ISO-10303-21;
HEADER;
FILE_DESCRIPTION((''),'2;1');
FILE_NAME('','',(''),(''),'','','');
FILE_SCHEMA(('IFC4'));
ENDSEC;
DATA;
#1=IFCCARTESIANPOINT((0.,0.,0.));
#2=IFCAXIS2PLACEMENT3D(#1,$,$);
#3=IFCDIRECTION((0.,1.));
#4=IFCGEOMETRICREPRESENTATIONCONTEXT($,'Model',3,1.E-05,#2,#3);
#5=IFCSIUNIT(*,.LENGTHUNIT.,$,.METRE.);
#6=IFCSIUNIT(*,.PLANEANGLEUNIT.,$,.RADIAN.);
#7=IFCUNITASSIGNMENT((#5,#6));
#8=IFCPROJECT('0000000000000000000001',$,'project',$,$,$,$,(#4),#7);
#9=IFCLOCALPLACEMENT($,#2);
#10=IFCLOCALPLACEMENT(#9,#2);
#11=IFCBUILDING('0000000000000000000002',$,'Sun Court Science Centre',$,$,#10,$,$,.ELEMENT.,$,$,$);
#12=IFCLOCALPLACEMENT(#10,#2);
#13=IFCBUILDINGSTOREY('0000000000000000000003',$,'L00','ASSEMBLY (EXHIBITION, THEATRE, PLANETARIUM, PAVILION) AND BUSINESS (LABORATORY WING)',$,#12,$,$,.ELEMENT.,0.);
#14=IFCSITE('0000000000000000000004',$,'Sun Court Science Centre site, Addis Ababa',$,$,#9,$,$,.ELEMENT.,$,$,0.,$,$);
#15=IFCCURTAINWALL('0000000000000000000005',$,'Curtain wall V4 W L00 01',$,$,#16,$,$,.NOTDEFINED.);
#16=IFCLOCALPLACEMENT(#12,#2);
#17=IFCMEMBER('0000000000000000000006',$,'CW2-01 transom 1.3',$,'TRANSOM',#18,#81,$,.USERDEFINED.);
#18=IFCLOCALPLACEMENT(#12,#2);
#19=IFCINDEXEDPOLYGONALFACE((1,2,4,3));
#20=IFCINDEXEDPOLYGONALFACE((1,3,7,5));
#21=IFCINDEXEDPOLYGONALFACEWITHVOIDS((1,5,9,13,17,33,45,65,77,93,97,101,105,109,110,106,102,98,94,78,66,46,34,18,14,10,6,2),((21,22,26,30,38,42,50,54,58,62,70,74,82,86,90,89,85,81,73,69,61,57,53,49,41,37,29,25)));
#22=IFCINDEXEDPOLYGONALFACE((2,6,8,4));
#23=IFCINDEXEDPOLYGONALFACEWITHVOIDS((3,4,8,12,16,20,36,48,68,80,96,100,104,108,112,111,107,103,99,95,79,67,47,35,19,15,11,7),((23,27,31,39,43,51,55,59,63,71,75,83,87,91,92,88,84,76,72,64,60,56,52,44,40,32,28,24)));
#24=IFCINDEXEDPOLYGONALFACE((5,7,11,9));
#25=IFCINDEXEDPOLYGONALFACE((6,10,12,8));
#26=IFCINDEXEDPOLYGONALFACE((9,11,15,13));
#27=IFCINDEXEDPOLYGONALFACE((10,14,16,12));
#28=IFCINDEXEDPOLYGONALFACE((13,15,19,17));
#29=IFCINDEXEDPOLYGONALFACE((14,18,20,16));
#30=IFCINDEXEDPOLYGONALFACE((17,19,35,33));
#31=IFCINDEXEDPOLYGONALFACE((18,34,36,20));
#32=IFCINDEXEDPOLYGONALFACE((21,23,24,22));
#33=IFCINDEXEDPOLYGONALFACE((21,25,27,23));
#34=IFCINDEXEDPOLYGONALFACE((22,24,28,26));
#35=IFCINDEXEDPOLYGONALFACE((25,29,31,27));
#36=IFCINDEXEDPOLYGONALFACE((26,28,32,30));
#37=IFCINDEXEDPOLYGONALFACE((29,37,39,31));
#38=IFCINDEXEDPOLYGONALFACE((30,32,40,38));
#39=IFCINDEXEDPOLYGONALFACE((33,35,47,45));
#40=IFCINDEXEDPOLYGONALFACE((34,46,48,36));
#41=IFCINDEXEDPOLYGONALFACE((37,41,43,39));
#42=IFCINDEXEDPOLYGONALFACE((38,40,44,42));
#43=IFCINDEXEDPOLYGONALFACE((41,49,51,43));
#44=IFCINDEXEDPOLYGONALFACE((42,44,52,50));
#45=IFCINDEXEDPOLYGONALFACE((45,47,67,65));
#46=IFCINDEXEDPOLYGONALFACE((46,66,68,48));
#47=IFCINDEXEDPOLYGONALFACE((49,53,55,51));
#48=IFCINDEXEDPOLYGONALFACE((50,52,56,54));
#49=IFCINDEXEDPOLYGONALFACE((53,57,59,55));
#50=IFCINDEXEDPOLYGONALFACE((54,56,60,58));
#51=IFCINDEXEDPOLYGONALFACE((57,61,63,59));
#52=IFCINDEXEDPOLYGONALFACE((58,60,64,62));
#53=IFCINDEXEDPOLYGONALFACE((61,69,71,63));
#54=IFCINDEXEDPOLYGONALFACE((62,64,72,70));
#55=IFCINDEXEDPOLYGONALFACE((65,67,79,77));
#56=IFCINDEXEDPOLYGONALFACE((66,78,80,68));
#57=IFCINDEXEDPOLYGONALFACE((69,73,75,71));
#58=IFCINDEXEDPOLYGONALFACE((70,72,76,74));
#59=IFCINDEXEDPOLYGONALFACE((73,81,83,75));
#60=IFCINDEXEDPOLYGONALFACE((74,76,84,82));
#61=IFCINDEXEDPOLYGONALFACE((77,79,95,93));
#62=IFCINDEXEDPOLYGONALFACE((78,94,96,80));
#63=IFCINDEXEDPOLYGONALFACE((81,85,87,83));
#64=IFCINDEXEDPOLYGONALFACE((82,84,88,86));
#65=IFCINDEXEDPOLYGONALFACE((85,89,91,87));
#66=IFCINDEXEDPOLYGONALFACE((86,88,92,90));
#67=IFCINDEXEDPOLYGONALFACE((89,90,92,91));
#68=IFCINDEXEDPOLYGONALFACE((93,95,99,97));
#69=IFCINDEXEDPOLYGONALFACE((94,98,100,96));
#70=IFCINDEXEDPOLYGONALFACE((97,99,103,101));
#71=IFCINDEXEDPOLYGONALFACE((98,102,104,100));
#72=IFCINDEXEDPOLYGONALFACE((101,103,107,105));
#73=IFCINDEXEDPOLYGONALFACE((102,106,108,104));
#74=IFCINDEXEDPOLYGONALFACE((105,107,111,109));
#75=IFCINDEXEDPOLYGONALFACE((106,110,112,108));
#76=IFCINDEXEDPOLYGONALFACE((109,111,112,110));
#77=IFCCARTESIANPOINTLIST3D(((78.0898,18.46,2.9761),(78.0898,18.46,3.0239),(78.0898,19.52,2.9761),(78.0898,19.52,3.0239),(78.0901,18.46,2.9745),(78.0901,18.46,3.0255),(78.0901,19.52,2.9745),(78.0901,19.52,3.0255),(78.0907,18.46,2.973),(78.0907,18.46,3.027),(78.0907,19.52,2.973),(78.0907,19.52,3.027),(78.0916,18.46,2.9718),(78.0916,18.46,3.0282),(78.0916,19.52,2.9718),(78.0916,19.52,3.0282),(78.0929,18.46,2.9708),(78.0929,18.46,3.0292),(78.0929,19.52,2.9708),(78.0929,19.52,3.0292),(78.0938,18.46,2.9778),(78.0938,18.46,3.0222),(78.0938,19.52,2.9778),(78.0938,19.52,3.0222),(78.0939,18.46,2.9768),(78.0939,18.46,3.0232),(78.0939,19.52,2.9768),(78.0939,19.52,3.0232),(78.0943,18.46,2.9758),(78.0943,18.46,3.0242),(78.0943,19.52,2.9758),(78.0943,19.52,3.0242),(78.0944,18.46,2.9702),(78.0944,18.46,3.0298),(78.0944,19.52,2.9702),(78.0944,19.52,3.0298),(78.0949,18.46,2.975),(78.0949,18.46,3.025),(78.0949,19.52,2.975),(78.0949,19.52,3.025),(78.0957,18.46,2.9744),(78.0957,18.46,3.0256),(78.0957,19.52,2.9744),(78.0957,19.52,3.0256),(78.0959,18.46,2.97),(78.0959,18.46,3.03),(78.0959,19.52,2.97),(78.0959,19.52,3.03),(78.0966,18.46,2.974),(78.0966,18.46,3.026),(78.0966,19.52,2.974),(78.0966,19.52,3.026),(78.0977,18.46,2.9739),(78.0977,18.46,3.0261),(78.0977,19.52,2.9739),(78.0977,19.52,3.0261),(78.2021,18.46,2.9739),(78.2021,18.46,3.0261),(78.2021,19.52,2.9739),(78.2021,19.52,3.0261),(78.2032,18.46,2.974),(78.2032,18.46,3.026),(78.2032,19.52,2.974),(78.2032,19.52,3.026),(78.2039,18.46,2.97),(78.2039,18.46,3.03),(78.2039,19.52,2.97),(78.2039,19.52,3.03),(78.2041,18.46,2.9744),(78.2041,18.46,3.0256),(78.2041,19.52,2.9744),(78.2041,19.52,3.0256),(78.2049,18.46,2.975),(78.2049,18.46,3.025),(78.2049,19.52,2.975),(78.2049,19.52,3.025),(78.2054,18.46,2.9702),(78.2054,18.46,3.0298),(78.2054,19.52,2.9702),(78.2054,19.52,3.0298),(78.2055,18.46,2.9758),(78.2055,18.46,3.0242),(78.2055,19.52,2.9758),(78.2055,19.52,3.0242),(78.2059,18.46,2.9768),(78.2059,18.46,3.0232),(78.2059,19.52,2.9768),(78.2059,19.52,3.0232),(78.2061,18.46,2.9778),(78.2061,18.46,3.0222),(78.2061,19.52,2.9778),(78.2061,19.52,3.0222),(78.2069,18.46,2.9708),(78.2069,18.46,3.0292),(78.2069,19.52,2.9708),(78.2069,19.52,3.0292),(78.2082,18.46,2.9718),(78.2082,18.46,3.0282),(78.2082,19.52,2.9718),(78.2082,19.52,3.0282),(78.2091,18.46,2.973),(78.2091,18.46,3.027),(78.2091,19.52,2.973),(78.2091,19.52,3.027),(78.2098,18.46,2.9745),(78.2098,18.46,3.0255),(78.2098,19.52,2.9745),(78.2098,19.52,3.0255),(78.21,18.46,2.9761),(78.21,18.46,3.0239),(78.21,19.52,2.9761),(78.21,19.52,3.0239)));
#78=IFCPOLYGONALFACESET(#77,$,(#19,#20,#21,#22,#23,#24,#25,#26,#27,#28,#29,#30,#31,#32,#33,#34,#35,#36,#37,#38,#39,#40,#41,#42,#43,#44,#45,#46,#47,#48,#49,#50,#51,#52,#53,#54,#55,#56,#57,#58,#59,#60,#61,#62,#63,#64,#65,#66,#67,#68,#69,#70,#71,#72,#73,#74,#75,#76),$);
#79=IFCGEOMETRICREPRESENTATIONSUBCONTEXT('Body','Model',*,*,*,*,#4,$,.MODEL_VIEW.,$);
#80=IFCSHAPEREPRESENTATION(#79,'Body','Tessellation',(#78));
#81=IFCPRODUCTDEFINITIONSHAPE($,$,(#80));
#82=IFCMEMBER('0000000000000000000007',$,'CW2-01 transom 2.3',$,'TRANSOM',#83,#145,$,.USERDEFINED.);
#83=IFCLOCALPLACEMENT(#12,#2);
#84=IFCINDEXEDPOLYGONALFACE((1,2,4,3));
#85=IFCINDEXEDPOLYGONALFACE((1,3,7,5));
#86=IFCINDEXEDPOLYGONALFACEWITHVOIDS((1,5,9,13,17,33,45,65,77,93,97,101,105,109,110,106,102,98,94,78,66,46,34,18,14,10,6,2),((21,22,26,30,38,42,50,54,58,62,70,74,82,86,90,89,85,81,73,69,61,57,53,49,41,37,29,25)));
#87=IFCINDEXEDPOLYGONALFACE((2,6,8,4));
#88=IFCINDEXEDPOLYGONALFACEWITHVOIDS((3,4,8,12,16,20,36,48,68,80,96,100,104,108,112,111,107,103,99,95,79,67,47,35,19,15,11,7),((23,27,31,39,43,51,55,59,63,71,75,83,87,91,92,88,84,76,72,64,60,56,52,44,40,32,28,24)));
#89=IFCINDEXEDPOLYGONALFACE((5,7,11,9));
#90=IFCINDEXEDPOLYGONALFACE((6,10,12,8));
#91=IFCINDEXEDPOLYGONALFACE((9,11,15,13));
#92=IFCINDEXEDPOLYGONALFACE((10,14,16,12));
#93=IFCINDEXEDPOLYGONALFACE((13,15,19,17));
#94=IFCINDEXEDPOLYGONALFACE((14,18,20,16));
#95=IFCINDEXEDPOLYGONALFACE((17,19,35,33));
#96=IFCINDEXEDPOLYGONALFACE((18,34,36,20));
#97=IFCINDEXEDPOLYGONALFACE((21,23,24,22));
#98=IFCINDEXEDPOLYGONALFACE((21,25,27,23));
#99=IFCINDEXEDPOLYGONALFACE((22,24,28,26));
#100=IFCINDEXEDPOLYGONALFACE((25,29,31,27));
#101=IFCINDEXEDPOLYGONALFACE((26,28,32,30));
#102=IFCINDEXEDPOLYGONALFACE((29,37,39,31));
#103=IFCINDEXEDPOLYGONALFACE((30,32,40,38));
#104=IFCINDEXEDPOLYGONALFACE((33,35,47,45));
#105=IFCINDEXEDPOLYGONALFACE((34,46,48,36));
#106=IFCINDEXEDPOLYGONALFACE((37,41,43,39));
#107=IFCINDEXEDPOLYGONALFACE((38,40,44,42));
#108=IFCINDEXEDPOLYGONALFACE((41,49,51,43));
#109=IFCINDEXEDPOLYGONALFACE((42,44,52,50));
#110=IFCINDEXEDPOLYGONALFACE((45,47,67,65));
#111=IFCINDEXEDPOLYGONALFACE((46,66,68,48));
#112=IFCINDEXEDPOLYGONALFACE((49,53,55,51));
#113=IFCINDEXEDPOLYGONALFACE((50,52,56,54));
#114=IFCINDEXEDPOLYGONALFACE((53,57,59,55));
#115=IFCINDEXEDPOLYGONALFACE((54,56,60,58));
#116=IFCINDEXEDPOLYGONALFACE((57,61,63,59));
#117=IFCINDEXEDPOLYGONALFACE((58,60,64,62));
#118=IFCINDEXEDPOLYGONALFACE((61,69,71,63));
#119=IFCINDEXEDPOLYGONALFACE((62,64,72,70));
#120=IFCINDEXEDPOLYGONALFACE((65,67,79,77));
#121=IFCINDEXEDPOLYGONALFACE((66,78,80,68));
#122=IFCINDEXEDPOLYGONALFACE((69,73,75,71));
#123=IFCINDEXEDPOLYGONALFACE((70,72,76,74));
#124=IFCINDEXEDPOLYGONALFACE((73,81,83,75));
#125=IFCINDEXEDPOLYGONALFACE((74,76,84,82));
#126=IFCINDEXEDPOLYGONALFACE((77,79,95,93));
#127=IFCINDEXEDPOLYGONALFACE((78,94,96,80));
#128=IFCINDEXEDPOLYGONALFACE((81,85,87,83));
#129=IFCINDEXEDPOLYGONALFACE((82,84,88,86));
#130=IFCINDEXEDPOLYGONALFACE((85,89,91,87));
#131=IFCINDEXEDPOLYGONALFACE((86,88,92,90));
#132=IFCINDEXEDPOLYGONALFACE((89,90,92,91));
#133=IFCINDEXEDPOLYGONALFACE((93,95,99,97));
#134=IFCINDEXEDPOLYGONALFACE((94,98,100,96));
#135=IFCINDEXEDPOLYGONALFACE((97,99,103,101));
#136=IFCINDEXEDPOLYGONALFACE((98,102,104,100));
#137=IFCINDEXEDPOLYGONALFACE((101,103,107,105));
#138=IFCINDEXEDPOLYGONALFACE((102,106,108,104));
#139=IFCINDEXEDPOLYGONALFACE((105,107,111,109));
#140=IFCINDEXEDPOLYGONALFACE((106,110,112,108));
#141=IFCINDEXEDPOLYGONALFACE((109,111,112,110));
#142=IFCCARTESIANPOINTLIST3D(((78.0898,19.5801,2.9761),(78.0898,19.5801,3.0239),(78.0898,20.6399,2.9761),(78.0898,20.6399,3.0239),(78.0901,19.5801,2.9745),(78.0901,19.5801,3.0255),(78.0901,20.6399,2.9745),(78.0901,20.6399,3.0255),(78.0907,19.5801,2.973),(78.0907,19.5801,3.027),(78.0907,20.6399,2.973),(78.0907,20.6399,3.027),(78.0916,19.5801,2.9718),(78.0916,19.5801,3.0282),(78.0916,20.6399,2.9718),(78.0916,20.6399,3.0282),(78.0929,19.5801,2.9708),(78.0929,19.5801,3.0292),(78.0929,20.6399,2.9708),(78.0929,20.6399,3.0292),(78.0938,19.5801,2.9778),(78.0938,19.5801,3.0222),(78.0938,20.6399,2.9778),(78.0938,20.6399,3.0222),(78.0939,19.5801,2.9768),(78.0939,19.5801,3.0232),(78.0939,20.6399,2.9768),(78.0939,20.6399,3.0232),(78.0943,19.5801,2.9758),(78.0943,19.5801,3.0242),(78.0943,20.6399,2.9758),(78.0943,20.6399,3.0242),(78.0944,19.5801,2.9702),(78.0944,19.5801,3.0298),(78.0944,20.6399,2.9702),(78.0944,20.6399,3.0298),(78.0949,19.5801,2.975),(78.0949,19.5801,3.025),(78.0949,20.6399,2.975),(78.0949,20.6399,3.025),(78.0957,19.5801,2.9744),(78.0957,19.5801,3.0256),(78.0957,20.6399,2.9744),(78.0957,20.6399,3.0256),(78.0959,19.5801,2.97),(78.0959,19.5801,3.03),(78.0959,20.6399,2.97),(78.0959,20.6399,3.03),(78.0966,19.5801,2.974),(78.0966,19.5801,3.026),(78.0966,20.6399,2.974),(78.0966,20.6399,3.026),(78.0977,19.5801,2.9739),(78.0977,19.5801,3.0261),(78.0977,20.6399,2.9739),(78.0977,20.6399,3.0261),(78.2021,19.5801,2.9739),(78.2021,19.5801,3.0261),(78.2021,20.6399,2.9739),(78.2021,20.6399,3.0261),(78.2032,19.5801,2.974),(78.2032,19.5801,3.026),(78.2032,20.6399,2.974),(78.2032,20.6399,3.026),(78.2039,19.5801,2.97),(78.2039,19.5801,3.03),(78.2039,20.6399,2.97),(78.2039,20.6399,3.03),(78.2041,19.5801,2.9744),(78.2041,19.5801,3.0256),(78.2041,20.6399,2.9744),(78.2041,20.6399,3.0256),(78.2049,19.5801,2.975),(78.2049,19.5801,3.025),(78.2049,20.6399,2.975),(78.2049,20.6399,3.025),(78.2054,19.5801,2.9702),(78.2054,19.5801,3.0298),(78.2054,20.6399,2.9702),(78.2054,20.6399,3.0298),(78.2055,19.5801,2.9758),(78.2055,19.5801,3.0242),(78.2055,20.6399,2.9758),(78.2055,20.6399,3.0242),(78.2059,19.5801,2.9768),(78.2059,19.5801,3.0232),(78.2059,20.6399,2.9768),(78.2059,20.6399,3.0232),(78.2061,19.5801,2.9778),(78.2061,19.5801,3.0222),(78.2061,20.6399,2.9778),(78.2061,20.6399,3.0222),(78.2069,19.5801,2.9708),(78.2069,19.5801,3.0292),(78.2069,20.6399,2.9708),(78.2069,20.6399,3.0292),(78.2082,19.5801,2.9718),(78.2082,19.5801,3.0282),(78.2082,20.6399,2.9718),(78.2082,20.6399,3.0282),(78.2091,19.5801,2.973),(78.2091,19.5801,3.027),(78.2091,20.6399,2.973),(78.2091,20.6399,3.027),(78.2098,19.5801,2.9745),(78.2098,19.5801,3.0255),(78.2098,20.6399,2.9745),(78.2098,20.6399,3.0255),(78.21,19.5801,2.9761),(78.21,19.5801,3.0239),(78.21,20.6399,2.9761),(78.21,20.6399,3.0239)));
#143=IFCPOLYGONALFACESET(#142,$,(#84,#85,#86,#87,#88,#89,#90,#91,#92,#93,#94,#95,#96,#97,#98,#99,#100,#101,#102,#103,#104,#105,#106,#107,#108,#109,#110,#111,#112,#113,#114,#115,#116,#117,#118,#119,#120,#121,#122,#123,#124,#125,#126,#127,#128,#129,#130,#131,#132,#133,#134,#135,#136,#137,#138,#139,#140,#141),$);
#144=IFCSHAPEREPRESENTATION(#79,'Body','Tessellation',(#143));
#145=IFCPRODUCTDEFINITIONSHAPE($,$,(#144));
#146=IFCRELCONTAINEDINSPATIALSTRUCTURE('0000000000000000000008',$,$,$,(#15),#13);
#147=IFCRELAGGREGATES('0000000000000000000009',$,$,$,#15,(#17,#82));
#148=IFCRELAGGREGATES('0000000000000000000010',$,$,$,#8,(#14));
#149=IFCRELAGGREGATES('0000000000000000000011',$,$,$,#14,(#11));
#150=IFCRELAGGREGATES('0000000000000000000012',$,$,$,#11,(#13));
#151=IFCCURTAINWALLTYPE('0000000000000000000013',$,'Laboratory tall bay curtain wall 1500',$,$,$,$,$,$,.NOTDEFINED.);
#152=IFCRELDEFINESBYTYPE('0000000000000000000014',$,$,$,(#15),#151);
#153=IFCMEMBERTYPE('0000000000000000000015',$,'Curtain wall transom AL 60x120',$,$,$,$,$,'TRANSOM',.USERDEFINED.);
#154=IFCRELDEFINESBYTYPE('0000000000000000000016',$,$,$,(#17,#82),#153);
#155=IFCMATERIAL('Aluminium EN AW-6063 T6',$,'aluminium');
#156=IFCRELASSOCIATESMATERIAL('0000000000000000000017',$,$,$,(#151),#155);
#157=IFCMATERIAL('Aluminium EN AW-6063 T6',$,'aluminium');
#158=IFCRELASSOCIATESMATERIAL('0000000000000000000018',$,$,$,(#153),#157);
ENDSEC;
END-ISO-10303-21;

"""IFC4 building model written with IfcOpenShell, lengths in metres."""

from ifc_helpers import new_model, si_unit, direction, frame, origin, origin_2d, place, context, subcontext, project, spatial, hollow_rectangle, extrude, material, material_profile, profile_set, type_object, element, aggregate, save


model = new_model("IFC4")

# Units and contexts
model_context = context("Model", 3, precision=1e-05, world=origin(), true_north=direction((0.0, 1.0)))
body_context = subcontext(model_context, "Body", "Model", "MODEL_VIEW")
ifc_project = project(units=[si_unit("LENGTHUNIT", "METRE"), si_unit("PLANEANGLEUNIT", "RADIAN")], contexts=[model_context])

# Site, building, storey
site_placement = place(None, origin())
site = spatial("IfcSite", under=ifc_project, at=site_placement, Name="Sun Court Science Centre site, Addis Ababa", CompositionType="ELEMENT", RefElevation=0.0)
building_placement = place(site_placement, origin())
building = spatial("IfcBuilding", under=site, at=building_placement, Name="Sun Court Science Centre", CompositionType="ELEMENT")
storey_placement = place(building_placement, origin())
storey = spatial("IfcBuildingStorey", under=building, at=storey_placement, Name="L00", Description="ASSEMBLY (EXHIBITION, THEATRE, PLANETARIUM, PAVILION) AND BUSINESS (LABORATORY WING)", CompositionType="ELEMENT", Elevation=0.0)

# Curtain wall, members
ifc_material_1 = material(Name="Aluminium EN AW-6063 T6", Category="aluminium")
curtain_wall_type = type_object("IfcCurtainWallType", Name="Laboratory tall bay curtain wall 1500", PredefinedType="NOTDEFINED", material=ifc_material_1)
curtain_wall_placement = place(storey_placement, origin())
curtain_wall = element("IfcCurtainWall", 1, at=curtain_wall_placement, inside=storey, type_object=curtain_wall_type, Name="Curtain wall V4 W L00 01", PredefinedType="NOTDEFINED")
ifc_material_2 = material(Name="Aluminium EN AW-6063 T6", Category="aluminium")
ifc_material_profile_1 = material_profile(ifc_material_2, hollow_rectangle(XDim=0.0601, YDim=0.1201, WallThickness=0.0039, InnerFilletRadius=0.0039, OuterFilletRadius=0.0061, at=origin_2d()), Name="AL 60x120x4")
ifc_profile_set_1 = profile_set([ifc_material_profile_1], Name="Aluminium EN AW-6063 T6")
member_type_1 = type_object("IfcMemberType", Name="Curtain wall transom AL 60x120", ElementType="TRANSOM", PredefinedType="USERDEFINED", material=ifc_profile_set_1)
member_1_placement = place(storey_placement, frame((78.1499, 18.46, 3.0), z_axis=(0.0, 1.0, 0.0), x_axis=(0.0, 0.0, 1.0)))
member_1 = element("IfcMember", 2, at=member_1_placement, type_object=member_type_1, Name="CW2-01 transom 1.3", ObjectType="TRANSOM", PredefinedType="USERDEFINED", context=body_context, shape_type="SweptSolid", body=[
    extrude(hollow_rectangle(XDim=0.0601, YDim=0.1201, WallThickness=0.0039, InnerFilletRadius=0.0039, OuterFilletRadius=0.0061, at=origin_2d()), origin(), (0.0, 0.0, 1.0), 1.0601),
])
member_2_placement = place(storey_placement, frame((78.1499, 19.5801, 3.0), z_axis=(0.0, 1.0, 0.0), x_axis=(0.0, 0.0, 1.0)))
member_2 = element("IfcMember", 3, at=member_2_placement, type_object=member_type_1, Name="CW2-01 transom 2.3", ObjectType="TRANSOM", PredefinedType="USERDEFINED", context=body_context, shape_type="SweptSolid", body=[
    extrude(hollow_rectangle(XDim=0.0601, YDim=0.1201, WallThickness=0.0039, InnerFilletRadius=0.0039, OuterFilletRadius=0.0061, at=origin_2d()), origin(), (0.0, 0.0, 1.0), 1.0598),
])
aggregate(curtain_wall, [member_1, member_2])

save(model, "model.ifc")
